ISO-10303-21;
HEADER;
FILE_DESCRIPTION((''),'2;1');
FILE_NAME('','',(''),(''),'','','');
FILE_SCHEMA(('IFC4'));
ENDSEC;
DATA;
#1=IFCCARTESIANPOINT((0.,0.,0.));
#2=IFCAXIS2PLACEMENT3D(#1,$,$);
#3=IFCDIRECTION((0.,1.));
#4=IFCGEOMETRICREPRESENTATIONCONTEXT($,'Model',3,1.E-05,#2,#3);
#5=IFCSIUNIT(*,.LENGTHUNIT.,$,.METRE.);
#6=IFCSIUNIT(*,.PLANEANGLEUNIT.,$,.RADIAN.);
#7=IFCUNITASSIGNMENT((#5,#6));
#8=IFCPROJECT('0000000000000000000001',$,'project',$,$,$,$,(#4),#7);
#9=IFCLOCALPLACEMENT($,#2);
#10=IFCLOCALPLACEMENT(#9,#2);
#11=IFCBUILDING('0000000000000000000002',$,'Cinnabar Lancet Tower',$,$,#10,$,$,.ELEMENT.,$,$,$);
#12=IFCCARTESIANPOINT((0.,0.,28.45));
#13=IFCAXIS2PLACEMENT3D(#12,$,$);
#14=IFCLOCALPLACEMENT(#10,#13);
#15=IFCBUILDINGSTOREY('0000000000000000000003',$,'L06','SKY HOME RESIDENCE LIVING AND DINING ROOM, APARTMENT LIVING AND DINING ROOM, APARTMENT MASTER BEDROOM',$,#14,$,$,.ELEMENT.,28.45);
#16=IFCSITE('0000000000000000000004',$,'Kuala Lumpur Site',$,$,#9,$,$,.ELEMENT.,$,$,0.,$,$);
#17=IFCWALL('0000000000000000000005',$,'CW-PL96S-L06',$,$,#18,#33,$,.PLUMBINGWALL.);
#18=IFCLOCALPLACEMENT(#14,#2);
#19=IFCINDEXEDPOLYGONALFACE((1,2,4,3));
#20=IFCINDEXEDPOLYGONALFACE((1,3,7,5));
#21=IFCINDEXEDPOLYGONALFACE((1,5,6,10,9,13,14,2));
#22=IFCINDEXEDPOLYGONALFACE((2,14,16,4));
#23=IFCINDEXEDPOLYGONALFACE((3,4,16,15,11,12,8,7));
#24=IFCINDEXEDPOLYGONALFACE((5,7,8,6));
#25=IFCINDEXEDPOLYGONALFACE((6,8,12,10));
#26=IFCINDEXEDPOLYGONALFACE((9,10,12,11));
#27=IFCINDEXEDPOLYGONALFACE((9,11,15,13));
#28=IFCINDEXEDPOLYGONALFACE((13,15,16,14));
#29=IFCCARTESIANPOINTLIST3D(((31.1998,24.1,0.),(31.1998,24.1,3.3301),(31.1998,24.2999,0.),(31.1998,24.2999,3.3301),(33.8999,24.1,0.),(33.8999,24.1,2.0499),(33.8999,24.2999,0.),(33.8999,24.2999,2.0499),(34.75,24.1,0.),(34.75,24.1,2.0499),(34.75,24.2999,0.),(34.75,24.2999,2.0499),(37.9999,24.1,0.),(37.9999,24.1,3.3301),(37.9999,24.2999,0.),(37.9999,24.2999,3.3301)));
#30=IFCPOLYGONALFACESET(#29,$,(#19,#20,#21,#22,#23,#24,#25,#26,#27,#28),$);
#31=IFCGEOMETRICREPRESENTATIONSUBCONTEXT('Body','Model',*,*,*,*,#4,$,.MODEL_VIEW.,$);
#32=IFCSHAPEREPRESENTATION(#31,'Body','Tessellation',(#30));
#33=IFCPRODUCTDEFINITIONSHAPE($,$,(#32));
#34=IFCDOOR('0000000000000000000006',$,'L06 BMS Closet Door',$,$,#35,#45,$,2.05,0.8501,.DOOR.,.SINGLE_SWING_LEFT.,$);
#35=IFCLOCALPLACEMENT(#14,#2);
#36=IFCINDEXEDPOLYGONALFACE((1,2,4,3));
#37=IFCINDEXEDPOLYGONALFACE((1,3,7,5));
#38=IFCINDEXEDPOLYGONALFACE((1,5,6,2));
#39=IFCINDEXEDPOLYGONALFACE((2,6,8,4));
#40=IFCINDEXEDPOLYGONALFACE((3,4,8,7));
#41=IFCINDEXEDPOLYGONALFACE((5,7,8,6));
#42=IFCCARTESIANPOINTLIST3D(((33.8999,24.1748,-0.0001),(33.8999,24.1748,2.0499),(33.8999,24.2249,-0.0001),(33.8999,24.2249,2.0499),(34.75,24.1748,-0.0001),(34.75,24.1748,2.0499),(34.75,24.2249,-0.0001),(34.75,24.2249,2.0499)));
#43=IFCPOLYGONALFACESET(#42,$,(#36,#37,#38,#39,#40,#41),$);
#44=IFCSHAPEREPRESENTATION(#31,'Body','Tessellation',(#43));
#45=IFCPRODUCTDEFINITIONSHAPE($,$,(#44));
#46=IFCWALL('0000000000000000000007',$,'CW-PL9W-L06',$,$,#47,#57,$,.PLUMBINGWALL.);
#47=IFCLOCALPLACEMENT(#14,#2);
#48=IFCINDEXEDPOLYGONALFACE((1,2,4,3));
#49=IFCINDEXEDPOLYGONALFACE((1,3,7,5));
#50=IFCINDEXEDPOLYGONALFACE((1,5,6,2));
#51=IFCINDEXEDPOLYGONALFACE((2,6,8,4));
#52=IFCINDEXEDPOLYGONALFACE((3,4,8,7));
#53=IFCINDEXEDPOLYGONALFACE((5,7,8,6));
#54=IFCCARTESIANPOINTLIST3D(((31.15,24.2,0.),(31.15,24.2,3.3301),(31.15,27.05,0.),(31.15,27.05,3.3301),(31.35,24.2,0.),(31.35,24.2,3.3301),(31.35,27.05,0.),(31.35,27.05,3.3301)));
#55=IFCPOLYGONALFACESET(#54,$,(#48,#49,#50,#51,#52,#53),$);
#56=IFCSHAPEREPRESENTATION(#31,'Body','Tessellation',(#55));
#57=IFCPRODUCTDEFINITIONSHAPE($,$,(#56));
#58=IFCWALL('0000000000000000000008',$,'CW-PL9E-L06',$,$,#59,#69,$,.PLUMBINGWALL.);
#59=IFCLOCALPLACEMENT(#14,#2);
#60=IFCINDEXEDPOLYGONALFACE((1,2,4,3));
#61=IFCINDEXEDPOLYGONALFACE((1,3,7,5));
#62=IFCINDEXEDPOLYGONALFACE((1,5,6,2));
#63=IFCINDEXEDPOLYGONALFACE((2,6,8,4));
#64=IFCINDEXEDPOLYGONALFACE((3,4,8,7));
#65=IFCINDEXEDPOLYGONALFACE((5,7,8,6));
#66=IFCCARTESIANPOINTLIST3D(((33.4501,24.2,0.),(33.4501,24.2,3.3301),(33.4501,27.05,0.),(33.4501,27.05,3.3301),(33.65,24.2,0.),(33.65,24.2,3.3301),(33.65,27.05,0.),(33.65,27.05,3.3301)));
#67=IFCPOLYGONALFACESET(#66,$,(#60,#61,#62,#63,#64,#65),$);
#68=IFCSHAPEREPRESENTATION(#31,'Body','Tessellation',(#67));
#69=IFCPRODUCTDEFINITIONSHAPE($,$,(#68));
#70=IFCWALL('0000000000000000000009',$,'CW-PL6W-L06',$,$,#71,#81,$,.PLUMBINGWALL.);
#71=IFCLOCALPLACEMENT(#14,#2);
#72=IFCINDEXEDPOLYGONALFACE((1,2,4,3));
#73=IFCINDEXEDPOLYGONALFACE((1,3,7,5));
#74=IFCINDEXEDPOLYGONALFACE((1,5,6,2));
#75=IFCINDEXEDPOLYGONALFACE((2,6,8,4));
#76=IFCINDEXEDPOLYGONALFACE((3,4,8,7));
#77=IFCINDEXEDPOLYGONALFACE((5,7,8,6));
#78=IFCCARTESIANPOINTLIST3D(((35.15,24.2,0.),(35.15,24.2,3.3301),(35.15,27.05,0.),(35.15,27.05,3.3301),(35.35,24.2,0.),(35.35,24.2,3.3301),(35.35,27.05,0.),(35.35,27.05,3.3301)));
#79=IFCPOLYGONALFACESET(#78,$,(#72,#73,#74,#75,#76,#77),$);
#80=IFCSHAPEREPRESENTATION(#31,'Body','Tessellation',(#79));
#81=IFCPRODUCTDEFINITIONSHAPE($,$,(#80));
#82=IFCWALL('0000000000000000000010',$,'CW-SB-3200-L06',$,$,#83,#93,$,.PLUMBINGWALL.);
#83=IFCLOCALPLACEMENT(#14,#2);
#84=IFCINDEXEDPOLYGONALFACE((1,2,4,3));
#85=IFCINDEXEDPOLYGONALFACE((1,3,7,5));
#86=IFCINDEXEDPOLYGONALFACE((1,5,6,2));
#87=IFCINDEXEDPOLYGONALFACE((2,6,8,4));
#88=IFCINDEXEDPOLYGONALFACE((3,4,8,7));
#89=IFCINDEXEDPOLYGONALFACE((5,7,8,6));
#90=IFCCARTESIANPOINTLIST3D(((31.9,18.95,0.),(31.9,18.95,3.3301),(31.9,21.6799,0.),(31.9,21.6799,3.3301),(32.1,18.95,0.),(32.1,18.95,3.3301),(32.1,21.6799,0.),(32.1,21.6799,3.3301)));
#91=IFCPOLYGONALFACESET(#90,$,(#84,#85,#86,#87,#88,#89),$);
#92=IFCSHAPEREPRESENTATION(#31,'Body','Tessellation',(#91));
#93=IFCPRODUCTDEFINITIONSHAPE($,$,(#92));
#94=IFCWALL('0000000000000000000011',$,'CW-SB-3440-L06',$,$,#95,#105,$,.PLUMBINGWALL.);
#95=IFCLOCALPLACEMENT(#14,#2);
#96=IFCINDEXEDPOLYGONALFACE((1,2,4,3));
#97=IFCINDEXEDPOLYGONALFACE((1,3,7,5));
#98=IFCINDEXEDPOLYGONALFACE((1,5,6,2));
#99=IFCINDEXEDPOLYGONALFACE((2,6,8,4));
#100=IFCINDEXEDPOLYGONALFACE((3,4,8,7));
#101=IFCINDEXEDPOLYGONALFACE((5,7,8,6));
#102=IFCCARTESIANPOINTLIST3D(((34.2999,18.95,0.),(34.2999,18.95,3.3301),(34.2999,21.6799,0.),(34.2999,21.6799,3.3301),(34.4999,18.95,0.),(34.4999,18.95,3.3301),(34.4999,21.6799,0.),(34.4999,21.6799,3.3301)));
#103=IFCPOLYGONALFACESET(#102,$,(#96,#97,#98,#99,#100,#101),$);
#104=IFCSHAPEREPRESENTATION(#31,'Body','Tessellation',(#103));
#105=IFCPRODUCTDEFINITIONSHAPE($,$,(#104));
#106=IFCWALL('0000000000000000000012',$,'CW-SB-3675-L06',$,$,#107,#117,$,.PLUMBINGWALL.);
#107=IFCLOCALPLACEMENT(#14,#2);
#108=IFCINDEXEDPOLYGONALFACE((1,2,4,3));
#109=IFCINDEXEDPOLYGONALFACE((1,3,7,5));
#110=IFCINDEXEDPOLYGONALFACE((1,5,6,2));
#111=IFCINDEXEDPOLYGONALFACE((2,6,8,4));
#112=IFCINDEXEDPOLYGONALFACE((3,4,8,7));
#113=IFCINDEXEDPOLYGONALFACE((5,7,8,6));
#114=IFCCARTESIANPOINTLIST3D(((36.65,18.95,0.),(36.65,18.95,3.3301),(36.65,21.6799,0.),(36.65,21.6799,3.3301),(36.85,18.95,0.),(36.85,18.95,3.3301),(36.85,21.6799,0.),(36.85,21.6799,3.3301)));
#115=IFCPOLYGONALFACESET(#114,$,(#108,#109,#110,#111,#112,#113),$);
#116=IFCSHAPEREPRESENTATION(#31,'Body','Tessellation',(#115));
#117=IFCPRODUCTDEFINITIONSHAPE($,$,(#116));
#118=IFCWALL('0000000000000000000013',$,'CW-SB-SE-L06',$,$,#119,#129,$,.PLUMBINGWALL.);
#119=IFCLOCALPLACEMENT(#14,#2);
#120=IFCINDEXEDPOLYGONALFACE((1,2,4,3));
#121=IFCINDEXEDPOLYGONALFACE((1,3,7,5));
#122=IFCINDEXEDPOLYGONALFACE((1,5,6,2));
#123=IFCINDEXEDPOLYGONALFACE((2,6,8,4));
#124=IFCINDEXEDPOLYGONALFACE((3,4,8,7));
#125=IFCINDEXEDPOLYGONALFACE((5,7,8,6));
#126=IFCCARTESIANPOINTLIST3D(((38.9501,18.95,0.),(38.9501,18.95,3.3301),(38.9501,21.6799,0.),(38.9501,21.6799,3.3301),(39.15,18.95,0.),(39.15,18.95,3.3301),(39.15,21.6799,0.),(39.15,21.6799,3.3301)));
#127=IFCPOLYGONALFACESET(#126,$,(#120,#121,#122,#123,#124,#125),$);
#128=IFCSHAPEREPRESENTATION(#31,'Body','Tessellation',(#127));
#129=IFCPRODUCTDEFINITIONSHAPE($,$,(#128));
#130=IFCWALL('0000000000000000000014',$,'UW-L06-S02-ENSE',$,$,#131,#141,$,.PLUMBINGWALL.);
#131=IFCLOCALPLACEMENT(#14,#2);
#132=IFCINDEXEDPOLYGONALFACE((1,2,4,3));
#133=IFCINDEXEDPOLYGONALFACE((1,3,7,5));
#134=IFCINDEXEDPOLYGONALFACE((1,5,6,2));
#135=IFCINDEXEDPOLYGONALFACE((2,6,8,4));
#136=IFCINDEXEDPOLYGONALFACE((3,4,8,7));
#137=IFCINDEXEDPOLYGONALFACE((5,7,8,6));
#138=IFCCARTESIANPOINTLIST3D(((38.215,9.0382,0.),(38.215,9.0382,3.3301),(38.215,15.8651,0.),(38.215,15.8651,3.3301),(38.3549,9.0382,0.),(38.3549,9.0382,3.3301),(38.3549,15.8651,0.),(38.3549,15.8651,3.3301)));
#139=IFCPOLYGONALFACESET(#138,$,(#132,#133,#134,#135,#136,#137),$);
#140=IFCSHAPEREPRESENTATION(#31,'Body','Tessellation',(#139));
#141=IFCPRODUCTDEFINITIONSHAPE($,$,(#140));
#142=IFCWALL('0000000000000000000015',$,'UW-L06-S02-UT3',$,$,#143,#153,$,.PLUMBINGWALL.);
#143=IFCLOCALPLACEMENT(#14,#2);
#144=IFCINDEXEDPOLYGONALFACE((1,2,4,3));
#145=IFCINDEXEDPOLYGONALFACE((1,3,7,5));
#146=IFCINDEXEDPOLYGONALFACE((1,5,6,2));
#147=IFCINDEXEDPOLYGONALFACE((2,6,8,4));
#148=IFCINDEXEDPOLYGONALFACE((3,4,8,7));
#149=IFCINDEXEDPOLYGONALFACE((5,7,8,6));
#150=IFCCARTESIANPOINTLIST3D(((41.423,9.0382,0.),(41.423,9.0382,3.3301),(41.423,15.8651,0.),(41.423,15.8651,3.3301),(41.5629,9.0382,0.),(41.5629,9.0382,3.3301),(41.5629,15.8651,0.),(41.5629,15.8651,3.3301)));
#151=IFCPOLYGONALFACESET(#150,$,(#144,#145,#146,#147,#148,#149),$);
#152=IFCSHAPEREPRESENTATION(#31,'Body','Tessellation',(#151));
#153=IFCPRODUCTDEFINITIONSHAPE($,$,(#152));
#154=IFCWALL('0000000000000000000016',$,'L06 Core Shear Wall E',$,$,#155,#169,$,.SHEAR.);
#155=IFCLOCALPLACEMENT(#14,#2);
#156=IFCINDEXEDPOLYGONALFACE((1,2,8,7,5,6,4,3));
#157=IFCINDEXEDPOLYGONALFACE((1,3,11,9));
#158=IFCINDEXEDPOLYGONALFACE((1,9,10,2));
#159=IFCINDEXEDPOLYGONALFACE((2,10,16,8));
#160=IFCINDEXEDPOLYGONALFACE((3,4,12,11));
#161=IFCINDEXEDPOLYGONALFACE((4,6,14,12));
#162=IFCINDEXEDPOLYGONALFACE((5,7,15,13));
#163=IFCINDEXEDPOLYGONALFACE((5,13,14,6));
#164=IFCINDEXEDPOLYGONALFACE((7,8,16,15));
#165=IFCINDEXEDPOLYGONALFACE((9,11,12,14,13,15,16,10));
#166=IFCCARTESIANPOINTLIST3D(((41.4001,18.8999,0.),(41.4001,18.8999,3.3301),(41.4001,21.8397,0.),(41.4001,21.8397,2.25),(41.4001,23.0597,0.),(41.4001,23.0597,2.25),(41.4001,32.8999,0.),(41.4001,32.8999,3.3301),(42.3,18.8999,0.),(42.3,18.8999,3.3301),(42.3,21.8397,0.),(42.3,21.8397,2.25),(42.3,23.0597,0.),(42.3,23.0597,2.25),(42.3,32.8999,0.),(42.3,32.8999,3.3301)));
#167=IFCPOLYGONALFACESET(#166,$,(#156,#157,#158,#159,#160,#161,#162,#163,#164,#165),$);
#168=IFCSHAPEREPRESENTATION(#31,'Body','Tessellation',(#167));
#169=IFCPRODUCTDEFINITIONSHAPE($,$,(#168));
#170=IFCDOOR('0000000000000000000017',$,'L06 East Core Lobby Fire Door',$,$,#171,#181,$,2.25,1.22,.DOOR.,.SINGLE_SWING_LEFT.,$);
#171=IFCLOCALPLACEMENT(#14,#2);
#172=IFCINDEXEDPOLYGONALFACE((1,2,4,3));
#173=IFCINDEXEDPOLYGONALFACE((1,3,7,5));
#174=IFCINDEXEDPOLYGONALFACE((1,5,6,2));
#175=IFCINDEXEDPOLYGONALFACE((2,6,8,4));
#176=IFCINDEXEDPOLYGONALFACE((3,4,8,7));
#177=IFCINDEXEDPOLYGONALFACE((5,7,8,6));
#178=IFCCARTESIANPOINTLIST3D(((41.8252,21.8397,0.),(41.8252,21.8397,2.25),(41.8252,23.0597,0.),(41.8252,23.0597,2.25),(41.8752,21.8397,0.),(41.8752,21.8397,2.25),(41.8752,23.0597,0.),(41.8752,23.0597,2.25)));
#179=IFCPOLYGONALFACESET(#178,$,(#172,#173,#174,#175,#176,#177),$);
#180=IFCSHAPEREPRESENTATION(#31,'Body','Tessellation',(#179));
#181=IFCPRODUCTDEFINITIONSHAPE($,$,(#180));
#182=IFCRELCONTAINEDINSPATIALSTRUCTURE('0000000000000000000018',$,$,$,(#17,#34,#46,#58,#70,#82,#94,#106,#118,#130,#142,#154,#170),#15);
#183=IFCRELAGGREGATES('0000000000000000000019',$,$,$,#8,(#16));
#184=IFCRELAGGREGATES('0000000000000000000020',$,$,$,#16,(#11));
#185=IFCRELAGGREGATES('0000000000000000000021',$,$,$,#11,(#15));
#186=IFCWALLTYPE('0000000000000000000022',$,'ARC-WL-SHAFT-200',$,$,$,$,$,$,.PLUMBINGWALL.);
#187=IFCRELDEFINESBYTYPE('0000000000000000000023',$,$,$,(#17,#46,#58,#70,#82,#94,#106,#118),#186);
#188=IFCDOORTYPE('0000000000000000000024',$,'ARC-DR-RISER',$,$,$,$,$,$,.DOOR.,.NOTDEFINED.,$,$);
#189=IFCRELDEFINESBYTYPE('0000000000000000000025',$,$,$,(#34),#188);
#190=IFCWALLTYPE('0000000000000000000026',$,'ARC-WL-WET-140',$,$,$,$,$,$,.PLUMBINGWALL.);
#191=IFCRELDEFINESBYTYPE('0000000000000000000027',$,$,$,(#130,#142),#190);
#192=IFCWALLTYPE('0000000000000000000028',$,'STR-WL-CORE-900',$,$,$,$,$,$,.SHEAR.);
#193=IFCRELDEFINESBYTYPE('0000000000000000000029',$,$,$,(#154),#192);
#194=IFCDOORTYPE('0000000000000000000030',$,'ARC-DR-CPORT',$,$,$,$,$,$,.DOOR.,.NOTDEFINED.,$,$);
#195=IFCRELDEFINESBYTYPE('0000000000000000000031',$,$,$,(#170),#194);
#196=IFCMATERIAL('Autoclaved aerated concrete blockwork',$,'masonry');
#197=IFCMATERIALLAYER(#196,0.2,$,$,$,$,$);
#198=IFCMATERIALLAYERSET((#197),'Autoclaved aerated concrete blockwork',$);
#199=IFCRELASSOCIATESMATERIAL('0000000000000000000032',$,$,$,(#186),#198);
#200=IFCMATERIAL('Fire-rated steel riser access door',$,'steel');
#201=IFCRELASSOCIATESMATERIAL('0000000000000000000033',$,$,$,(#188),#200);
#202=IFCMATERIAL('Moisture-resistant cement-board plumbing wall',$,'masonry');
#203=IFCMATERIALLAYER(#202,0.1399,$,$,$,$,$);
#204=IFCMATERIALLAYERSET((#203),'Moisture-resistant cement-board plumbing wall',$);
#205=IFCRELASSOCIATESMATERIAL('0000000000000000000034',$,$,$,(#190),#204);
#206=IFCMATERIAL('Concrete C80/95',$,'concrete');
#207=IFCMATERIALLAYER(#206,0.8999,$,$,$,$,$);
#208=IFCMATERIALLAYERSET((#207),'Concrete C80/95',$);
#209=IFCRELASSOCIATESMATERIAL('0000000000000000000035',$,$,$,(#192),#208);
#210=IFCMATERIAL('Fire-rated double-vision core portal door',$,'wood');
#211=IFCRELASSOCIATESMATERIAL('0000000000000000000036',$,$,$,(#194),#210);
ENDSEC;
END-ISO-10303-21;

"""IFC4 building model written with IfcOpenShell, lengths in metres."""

from ifc_helpers import new_model, si_unit, direction, frame, frame_2d, origin, place, context, subcontext, project, spatial, rectangle, extrude, material, layer, layer_set, type_object, element, fill, save


model = new_model("IFC4")

# Units and contexts
model_context = context("Model", 3, precision=1e-05, world=origin(), true_north=direction((0.0, 1.0)))
body_context = subcontext(model_context, "Body", "Model", "MODEL_VIEW")
ifc_project = project(units=[si_unit("LENGTHUNIT", "METRE"), si_unit("PLANEANGLEUNIT", "RADIAN")], contexts=[model_context])

# Site, building, storey
site_placement = place(None, origin())
site = spatial("IfcSite", under=ifc_project, at=site_placement, Name="Kuala Lumpur Site", CompositionType="ELEMENT", RefElevation=0.0)
building_placement = place(site_placement, origin())
building = spatial("IfcBuilding", under=site, at=building_placement, Name="Cinnabar Lancet Tower", CompositionType="ELEMENT")
storey_placement = place(building_placement, frame((0.0, 0.0, 28.45)))
storey = spatial("IfcBuildingStorey", under=building, at=storey_placement, Name="L06", Description="SKY HOME RESIDENCE LIVING AND DINING ROOM, APARTMENT LIVING AND DINING ROOM, APARTMENT MASTER BEDROOM", CompositionType="ELEMENT", Elevation=28.45)

# Shared definitions
ifc_material_1 = material(Name="Autoclaved aerated concrete blockwork", Category="masonry")
ifc_layer_1 = layer(ifc_material_1, 0.2)
ifc_layer_set_1 = layer_set([ifc_layer_1], Name="Autoclaved aerated concrete blockwork")
wall_type_1 = type_object("IfcWallType", Name="ARC-WL-SHAFT-200", PredefinedType="PLUMBINGWALL", material=ifc_layer_set_1)

# Wall, opening, door
wall_1_placement = place(storey_placement, frame((31.2, 24.2, 0.0), z_axis=(0.0, 0.0, 1.0), x_axis=(1.0, 0.0, 0.0)))
wall_1 = element("IfcWall", 1, at=wall_1_placement, inside=storey, type_object=wall_type_1, Name="CW-PL96S-L06", PredefinedType="PLUMBINGWALL", context=body_context, shape_type="SweptSolid", body=[
    extrude(rectangle(XDim=6.8, YDim=0.2, at=frame_2d((3.3999, 0.0))), origin(), (0.0, 0.0, 1.0), 3.3301),
])
opening_1_placement = place(wall_1_placement, frame((2.7, 0.0, 0.0)))
opening_1 = element("IfcOpeningElement", 2, at=opening_1_placement, cuts=wall_1, PredefinedType="OPENING", context=body_context, shape_type="SweptSolid", body=[
    extrude(rectangle(XDim=0.8501, YDim=2.05, at=frame_2d((0.425, 1.0249))), frame((0.0, 0.1099, 0.0), z_axis=(0.0, -1.0, 0.0), x_axis=(1.0, 0.0, 0.0)), (0.0, 0.0, 1.0), 0.22),
])
ifc_material_2 = material(Name="Fire-rated steel riser access door", Category="steel")
door_type_1 = type_object("IfcDoorType", Name="ARC-DR-RISER", OperationType="NOTDEFINED", PredefinedType="DOOR", material=ifc_material_2)
door_1_placement = place(opening_1_placement, origin())
door_1 = element("IfcDoor", 3, at=door_1_placement, inside=storey, type_object=door_type_1, Name="L06 BMS Closet Door", OperationType="SINGLE_SWING_LEFT", OverallHeight=2.05, OverallWidth=0.8501, PredefinedType="DOOR", context=body_context, shape_type="SweptSolid", body=[
    extrude(rectangle(XDim=0.8501, YDim=2.05, at=frame_2d((0.425, 1.0249))), frame((0.0, 0.0249, 0.0), z_axis=(0.0, -1.0, 0.0), x_axis=(1.0, 0.0, 0.0)), (0.0, 0.0, 1.0), 0.05),
])
fill(opening_1, door_1)

# Walls
for number, where, z_axis, x_axis, name in (
    (4, (31.25, 24.2, 0.0), (0.0, 0.0, 1.0), (0.0, 1.0, 0.0), "CW-PL9W-L06"),
    (5, (33.55, 24.2, 0.0), (0.0, 0.0, 1.0), (0.0, 1.0, 0.0), "CW-PL9E-L06"),
    (6, (35.25, 24.2, 0.0), (0.0, 0.0, 1.0), (0.0, 1.0, 0.0), "CW-PL6W-L06"),
):
    element("IfcWall", number, at=place(storey_placement, frame(where, z_axis=z_axis, x_axis=x_axis)), inside=storey, type_object=wall_type_1, Name=name, PredefinedType="PLUMBINGWALL", context=body_context, shape_type="SweptSolid", body=[
        extrude(rectangle(XDim=2.8501, YDim=0.2, at=frame_2d((1.425, 0.0))), origin(), (0.0, 0.0, 1.0), 3.3301),
    ])
for number, where, z_axis, x_axis, name in (
    (7, (32.0, 18.95, 0.0), (0.0, 0.0, 1.0), (0.0, 1.0, 0.0), "CW-SB-3200-L06"),
    (8, (34.3999, 18.95, 0.0), (0.0, 0.0, 1.0), (0.0, 1.0, 0.0), "CW-SB-3440-L06"),
    (9, (36.75, 18.95, 0.0), (0.0, 0.0, 1.0), (0.0, 1.0, 0.0), "CW-SB-3675-L06"),
    (10, (39.05, 18.95, 0.0), (0.0, 0.0, 1.0), (0.0, 1.0, 0.0), "CW-SB-SE-L06"),
):
    element("IfcWall", number, at=place(storey_placement, frame(where, z_axis=z_axis, x_axis=x_axis)), inside=storey, type_object=wall_type_1, Name=name, PredefinedType="PLUMBINGWALL", context=body_context, shape_type="SweptSolid", body=[
        extrude(rectangle(XDim=2.73, YDim=0.2, at=frame_2d((1.365, 0.0))), origin(), (0.0, 0.0, 1.0), 3.3301),
    ])
ifc_material_3 = material(Name="Moisture-resistant cement-board plumbing wall", Category="masonry")
ifc_layer_2 = layer(ifc_material_3, 0.1399)
ifc_layer_set_2 = layer_set([ifc_layer_2], Name="Moisture-resistant cement-board plumbing wall")
wall_type_2 = type_object("IfcWallType", Name="ARC-WL-WET-140", PredefinedType="PLUMBINGWALL", material=ifc_layer_set_2)
for number, where, z_axis, x_axis, name in (
    (11, (38.2849, 9.0381, 0.0), (0.0, 0.0, 1.0), (0.0, 1.0, 0.0), "UW-L06-S02-ENSE"),
    (12, (41.4929, 9.0381, 0.0), (0.0, 0.0, 1.0), (0.0, 1.0, 0.0), "UW-L06-S02-UT3"),
):
    element("IfcWall", number, at=place(storey_placement, frame(where, z_axis=z_axis, x_axis=x_axis)), inside=storey, type_object=wall_type_2, Name=name, PredefinedType="PLUMBINGWALL", context=body_context, shape_type="SweptSolid", body=[
        extrude(rectangle(XDim=6.8269, YDim=0.1399, at=frame_2d((3.4136, 0.0))), origin(), (0.0, 0.0, 1.0), 3.3301),
    ])

# Wall, opening, door
ifc_material_4 = material(Name="Concrete C80/95", Category="concrete")
ifc_layer_3 = layer(ifc_material_4, 0.8999)
ifc_layer_set_3 = layer_set([ifc_layer_3], Name="Concrete C80/95")
wall_type_3 = type_object("IfcWallType", Name="STR-WL-CORE-900", PredefinedType="SHEAR", material=ifc_layer_set_3)
wall_2_placement = place(storey_placement, frame((41.8501, 18.8999, 0.0), z_axis=(0.0, 0.0, 1.0), x_axis=(0.0, 1.0, 0.0)))
wall_2 = element("IfcWall", 13, at=wall_2_placement, inside=storey, type_object=wall_type_3, Name="L06 Core Shear Wall E", PredefinedType="SHEAR", context=body_context, shape_type="SweptSolid", body=[
    extrude(rectangle(XDim=14.0, YDim=0.8999, at=frame_2d((7.0, 0.0))), origin(), (0.0, 0.0, 1.0), 3.3301),
])
opening_2_placement = place(wall_2_placement, frame((2.9399, 0.0, 0.0)))
opening_2 = element("IfcOpeningElement", 14, at=opening_2_placement, cuts=wall_2, PredefinedType="OPENING", context=body_context, shape_type="SweptSolid", body=[
    extrude(rectangle(XDim=1.22, YDim=2.25, at=frame_2d((0.6099, 1.125))), frame((0.0, 0.46, 0.0), z_axis=(0.0, -1.0, 0.0), x_axis=(1.0, 0.0, 0.0)), (0.0, 0.0, 1.0), 0.9199),
])
ifc_material_5 = material(Name="Fire-rated double-vision core portal door", Category="wood")
door_type_2 = type_object("IfcDoorType", Name="ARC-DR-CPORT", OperationType="NOTDEFINED", PredefinedType="DOOR", material=ifc_material_5)
door_2_placement = place(opening_2_placement, origin())
door_2 = element("IfcDoor", 15, at=door_2_placement, inside=storey, type_object=door_type_2, Name="L06 East Core Lobby Fire Door", OperationType="SINGLE_SWING_LEFT", OverallHeight=2.25, OverallWidth=1.22, PredefinedType="DOOR", context=body_context, shape_type="SweptSolid", body=[
    extrude(rectangle(XDim=1.22, YDim=2.25, at=frame_2d((0.6099, 1.125))), frame((0.0, 0.0249, 0.0), z_axis=(0.0, -1.0, 0.0), x_axis=(1.0, 0.0, 0.0)), (0.0, 0.0, 1.0), 0.05),
])
fill(opening_2, door_2)

save(model, "model.ifc")
